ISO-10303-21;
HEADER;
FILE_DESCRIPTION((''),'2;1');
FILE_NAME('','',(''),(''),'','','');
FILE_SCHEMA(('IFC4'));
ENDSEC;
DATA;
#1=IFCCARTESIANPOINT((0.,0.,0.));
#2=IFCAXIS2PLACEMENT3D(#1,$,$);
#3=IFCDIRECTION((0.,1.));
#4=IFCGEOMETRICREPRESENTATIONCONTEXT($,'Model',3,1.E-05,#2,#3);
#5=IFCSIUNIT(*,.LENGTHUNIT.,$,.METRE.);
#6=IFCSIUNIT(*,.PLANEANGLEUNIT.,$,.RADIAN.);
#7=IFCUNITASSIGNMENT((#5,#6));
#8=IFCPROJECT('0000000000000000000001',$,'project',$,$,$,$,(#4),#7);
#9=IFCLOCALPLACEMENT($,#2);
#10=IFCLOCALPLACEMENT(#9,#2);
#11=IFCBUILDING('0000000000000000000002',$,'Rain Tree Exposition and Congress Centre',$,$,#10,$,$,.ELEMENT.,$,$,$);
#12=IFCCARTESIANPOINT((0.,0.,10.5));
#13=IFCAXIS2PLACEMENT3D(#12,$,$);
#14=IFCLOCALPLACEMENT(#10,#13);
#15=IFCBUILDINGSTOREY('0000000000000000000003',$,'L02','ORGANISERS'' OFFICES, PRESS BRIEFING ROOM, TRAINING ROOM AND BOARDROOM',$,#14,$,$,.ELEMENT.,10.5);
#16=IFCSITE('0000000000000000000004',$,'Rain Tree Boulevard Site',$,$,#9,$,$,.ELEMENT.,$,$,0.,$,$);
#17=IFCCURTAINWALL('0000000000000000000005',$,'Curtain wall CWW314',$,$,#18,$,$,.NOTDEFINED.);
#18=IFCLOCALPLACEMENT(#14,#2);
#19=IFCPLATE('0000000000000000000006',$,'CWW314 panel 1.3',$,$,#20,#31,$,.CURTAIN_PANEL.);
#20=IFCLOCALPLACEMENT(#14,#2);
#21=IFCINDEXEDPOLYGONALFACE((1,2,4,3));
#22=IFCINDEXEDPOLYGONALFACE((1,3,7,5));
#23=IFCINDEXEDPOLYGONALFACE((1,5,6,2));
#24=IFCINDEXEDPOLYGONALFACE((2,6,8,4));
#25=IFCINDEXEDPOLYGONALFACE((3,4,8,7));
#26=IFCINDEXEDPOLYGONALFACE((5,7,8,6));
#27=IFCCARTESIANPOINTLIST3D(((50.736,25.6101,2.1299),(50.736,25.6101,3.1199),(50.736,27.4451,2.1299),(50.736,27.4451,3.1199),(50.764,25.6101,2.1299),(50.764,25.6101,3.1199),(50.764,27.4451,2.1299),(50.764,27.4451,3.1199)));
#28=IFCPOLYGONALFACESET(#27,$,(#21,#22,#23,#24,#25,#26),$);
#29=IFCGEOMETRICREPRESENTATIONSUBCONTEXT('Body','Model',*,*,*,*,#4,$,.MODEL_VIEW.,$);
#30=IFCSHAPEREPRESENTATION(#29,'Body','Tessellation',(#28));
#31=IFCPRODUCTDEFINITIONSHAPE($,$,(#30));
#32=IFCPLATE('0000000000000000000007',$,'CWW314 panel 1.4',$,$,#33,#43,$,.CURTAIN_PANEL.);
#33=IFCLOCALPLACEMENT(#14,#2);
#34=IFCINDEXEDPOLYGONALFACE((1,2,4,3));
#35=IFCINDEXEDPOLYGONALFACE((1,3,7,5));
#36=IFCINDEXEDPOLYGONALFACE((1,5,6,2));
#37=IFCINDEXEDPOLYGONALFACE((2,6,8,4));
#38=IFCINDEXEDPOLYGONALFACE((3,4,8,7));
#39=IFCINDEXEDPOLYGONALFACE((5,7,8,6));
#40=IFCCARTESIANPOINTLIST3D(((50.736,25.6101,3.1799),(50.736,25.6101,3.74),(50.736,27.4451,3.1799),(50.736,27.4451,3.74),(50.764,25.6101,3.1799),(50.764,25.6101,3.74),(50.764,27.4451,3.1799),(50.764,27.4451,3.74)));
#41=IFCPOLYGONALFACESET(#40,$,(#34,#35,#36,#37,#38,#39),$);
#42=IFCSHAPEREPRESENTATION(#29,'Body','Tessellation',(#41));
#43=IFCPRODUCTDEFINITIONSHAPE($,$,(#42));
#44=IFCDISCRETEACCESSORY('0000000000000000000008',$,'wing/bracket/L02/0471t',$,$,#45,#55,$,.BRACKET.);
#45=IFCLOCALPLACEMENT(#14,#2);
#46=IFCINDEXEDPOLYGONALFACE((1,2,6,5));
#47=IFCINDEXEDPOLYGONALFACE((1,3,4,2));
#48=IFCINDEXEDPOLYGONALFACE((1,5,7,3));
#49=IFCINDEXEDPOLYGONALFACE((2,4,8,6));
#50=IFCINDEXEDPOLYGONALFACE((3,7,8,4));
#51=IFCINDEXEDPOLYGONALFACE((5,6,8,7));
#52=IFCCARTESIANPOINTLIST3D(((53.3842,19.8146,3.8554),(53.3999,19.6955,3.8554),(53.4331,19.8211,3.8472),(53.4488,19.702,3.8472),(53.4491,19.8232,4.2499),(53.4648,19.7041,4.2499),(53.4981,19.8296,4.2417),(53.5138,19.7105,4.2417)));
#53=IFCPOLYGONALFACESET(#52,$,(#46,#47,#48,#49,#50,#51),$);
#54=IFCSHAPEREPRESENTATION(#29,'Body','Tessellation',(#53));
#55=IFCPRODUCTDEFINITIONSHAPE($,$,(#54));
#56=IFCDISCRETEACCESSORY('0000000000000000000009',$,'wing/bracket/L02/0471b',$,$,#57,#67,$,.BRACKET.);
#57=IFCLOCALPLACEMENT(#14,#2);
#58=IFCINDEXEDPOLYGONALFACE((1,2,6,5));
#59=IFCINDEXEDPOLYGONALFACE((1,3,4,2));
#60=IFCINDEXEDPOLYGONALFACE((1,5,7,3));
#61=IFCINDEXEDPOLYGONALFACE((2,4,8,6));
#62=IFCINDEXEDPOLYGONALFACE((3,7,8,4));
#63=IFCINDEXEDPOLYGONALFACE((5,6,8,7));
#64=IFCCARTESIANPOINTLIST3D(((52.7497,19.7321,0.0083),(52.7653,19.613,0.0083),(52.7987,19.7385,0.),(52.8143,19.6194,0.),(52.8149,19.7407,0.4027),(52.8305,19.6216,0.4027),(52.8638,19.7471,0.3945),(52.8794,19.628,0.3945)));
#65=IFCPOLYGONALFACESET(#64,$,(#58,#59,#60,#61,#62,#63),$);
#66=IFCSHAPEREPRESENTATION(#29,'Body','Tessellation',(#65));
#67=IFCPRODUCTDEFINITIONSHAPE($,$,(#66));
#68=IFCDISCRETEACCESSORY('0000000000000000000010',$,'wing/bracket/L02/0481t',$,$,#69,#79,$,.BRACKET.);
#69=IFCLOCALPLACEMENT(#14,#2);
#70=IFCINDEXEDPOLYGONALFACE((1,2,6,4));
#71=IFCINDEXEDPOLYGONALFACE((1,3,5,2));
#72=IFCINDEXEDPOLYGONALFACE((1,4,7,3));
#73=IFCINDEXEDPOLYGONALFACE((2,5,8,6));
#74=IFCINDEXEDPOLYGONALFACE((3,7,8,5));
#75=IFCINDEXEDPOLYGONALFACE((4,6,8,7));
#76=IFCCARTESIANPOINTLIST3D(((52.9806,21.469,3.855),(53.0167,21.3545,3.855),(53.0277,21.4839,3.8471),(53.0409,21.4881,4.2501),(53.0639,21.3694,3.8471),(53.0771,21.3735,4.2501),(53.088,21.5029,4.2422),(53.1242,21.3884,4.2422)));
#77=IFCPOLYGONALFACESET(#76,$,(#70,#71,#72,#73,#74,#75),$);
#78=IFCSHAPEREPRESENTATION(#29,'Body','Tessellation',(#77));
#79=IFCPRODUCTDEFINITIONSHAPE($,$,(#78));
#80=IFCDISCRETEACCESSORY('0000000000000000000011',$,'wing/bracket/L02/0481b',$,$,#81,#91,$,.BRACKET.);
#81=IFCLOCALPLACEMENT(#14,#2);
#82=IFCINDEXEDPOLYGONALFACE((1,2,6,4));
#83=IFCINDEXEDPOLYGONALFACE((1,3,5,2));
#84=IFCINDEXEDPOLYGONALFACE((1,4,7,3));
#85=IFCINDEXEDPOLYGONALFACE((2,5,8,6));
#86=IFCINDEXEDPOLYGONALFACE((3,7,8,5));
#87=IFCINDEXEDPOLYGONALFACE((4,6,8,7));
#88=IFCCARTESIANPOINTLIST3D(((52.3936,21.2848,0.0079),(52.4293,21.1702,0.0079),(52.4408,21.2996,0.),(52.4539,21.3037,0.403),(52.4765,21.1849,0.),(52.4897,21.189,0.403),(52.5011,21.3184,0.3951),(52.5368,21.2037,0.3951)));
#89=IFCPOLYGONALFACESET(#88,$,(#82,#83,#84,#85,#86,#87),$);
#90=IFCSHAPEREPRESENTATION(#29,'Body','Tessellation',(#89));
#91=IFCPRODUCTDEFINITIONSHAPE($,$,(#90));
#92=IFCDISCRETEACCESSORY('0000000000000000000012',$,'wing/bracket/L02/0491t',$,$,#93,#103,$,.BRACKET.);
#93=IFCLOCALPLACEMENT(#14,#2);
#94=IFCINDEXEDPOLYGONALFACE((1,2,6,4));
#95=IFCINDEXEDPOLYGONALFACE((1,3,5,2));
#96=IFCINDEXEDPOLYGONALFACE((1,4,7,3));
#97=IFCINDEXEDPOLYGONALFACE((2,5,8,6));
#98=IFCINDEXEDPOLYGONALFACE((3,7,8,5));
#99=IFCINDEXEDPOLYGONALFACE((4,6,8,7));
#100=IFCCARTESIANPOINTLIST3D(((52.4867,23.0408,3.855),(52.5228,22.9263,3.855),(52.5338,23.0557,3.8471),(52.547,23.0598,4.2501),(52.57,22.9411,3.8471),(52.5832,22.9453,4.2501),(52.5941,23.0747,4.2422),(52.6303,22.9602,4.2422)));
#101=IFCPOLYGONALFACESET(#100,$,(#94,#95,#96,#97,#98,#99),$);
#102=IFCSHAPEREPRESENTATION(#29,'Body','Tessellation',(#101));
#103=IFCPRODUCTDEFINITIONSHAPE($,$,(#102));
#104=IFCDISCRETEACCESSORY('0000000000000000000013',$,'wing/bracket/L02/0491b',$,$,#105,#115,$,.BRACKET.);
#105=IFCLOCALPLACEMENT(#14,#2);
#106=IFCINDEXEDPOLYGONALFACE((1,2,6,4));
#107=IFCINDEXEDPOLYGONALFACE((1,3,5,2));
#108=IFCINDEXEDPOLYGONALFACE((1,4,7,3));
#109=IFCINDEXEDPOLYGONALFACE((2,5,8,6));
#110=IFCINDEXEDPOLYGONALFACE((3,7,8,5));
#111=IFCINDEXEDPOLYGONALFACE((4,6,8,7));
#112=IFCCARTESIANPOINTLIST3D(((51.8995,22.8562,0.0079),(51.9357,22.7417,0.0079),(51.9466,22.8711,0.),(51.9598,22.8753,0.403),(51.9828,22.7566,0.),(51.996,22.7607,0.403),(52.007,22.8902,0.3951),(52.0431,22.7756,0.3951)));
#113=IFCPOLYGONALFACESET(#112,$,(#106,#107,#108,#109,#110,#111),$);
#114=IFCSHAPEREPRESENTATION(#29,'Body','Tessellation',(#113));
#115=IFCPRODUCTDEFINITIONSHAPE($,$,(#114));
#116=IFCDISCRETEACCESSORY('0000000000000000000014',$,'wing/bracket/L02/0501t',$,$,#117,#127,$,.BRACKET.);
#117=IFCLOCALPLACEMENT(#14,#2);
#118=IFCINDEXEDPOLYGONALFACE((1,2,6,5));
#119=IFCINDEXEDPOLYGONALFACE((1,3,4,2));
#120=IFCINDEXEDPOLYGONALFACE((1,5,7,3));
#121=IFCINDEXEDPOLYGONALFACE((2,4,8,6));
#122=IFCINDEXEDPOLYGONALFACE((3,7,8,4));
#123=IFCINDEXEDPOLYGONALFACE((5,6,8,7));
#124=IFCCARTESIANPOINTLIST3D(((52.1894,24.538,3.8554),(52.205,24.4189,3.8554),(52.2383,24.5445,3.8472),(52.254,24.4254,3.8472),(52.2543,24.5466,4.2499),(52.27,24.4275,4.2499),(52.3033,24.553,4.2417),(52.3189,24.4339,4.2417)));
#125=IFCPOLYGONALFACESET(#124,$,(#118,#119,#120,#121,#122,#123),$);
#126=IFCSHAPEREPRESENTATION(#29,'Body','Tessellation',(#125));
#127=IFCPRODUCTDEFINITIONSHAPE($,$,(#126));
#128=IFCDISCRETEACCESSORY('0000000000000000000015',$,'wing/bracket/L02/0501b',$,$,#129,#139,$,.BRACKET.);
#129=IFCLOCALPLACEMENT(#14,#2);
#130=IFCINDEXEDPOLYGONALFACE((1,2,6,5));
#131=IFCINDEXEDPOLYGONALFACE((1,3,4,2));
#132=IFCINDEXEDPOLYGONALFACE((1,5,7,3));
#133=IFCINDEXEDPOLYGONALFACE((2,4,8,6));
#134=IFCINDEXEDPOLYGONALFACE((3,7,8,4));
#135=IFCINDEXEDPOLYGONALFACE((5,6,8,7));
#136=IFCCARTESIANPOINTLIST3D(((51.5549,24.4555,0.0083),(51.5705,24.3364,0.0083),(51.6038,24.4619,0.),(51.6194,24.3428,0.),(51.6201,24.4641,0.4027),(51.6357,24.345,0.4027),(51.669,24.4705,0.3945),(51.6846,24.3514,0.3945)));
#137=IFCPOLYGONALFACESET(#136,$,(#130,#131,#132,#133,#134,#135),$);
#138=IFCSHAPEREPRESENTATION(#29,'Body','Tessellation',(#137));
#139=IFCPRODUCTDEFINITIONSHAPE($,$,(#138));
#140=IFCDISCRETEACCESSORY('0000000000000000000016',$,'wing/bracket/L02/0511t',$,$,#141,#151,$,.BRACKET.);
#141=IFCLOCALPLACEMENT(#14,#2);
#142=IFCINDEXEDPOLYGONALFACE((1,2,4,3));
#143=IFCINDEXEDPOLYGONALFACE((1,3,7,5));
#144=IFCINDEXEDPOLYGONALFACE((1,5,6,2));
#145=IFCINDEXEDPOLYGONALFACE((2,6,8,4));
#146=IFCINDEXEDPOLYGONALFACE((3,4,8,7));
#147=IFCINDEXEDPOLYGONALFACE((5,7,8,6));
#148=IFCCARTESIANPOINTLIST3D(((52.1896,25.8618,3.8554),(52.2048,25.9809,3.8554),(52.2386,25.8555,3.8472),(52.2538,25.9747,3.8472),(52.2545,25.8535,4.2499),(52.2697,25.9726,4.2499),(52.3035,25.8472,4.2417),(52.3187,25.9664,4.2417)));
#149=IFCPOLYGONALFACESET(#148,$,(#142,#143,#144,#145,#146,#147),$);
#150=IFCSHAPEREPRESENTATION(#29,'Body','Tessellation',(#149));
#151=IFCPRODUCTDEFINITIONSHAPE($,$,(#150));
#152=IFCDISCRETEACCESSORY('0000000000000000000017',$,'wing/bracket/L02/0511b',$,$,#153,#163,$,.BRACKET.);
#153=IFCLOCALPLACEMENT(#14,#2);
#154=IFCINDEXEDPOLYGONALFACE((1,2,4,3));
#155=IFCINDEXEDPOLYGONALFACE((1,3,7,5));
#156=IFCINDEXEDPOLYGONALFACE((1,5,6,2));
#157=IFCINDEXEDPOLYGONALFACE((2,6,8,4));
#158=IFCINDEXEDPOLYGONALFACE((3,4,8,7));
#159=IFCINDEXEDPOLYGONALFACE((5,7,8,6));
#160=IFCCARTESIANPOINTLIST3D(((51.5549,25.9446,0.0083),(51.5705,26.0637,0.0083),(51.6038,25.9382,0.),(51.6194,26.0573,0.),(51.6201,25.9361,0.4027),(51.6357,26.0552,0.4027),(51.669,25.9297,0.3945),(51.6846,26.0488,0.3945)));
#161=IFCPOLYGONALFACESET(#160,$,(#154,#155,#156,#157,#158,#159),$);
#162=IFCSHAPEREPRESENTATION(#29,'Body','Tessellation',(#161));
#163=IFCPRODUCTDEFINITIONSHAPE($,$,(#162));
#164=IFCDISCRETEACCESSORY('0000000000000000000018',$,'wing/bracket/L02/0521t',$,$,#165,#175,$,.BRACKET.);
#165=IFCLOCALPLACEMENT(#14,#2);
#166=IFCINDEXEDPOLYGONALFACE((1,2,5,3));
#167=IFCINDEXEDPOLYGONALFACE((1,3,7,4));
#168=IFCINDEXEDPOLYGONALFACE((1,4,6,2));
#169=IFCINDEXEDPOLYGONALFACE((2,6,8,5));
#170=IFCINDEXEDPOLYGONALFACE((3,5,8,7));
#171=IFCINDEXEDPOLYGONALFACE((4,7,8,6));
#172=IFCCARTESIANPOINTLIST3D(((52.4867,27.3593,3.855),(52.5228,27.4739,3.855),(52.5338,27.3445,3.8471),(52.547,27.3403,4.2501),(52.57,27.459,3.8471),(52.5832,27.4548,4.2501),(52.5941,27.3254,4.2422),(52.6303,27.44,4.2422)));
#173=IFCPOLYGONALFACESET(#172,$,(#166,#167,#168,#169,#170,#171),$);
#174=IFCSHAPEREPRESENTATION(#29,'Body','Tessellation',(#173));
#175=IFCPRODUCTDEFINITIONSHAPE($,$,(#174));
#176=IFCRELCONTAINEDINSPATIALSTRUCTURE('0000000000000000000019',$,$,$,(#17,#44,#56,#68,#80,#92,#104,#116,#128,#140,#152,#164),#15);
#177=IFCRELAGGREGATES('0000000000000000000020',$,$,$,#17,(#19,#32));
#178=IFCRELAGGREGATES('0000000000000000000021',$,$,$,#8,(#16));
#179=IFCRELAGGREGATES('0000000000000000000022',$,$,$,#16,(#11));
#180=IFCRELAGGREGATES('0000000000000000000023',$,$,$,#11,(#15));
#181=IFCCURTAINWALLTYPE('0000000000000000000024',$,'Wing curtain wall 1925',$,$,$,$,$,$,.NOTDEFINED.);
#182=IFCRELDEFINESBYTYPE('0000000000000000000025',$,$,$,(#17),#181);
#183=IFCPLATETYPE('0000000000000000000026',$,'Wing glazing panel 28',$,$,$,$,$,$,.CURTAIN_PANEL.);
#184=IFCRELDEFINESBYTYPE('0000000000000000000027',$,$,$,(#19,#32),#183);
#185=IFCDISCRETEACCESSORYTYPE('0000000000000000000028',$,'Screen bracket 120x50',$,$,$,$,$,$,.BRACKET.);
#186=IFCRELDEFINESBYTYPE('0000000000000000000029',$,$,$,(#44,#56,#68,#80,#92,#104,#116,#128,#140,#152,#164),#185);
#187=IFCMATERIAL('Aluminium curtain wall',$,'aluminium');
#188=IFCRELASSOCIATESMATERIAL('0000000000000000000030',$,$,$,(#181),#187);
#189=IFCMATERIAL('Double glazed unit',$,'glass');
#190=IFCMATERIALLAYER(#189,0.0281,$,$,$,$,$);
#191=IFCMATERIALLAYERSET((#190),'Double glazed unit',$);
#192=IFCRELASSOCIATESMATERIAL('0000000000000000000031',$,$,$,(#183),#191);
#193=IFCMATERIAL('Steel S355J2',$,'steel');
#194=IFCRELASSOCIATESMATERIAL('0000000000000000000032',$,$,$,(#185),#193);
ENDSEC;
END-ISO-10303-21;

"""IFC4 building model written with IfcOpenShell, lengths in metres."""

from ifc_helpers import new_model, si_unit, direction, frame, origin, origin_2d, place, context, subcontext, project, spatial, rectangle, extrude, material, layer, layer_set, material_profile, profile_set, type_object, element, aggregate, save


model = new_model("IFC4")

# Units and contexts
model_context = context("Model", 3, precision=1e-05, world=origin(), true_north=direction((0.0, 1.0)))
body_context = subcontext(model_context, "Body", "Model", "MODEL_VIEW")
ifc_project = project(units=[si_unit("LENGTHUNIT", "METRE"), si_unit("PLANEANGLEUNIT", "RADIAN")], contexts=[model_context])

# Site, building, storey
site_placement = place(None, origin())
site = spatial("IfcSite", under=ifc_project, at=site_placement, Name="Rain Tree Boulevard Site", CompositionType="ELEMENT", RefElevation=0.0)
building_placement = place(site_placement, origin())
building = spatial("IfcBuilding", under=site, at=building_placement, Name="Rain Tree Exposition and Congress Centre", CompositionType="ELEMENT")
storey_placement = place(building_placement, frame((0.0, 0.0, 10.5)))
storey = spatial("IfcBuildingStorey", under=building, at=storey_placement, Name="L02", Description="ORGANISERS' OFFICES, PRESS BRIEFING ROOM, TRAINING ROOM AND BOARDROOM", CompositionType="ELEMENT", Elevation=10.5)

# Shared definitions
ifc_material_1 = material(Name="Aluminium curtain wall", Category="aluminium")
curtain_wall_type = type_object("IfcCurtainWallType", Name="Wing curtain wall 1925", PredefinedType="NOTDEFINED", material=ifc_material_1)

# Curtain wall
curtain_wall_1_placement = place(storey_placement, origin())
curtain_wall_1 = element("IfcCurtainWall", 1, at=curtain_wall_1_placement, inside=storey, type_object=curtain_wall_type, Name="Curtain wall CWW314", PredefinedType="NOTDEFINED")

# Plates
ifc_material_2 = material(Name="Double glazed unit", Category="glass")
ifc_layer_1 = layer(ifc_material_2, 0.0281)
ifc_layer_set_1 = layer_set([ifc_layer_1], Name="Double glazed unit")
plate_type = type_object("IfcPlateType", Name="Wing glazing panel 28", PredefinedType="CURTAIN_PANEL", material=ifc_layer_set_1)
plate_1_placement = place(storey_placement, frame((50.75, 26.5276, 2.1299), z_axis=(0.0, 0.0, 1.0), x_axis=(0.0, 1.0, 0.0)))
plate_1 = element("IfcPlate", 2, at=plate_1_placement, type_object=plate_type, Name="CWW314 panel 1.3", PredefinedType="CURTAIN_PANEL", context=body_context, shape_type="SweptSolid", body=[
    extrude(rectangle(XDim=1.835, YDim=0.0281, at=origin_2d()), origin(), (0.0, 0.0, 1.0), 0.99),
])
plate_2_placement = place(storey_placement, frame((50.75, 26.5276, 3.1799), z_axis=(0.0, 0.0, 1.0), x_axis=(0.0, 1.0, 0.0)))
plate_2 = element("IfcPlate", 3, at=plate_2_placement, type_object=plate_type, Name="CWW314 panel 1.4", PredefinedType="CURTAIN_PANEL", context=body_context, shape_type="SweptSolid", body=[
    extrude(rectangle(XDim=1.835, YDim=0.0281, at=origin_2d()), origin(), (0.0, 0.0, 1.0), 0.5601),
])
aggregate(curtain_wall_1, [plate_1, plate_2])

# Discrete accessories
ifc_material_3 = material(Name="Steel S355J2", Category="steel")
ifc_material_profile_1 = material_profile(ifc_material_3, rectangle(XDim=0.1201, YDim=0.05, at=origin_2d()), Name="Flat bar 120x50")
ifc_profile_set_1 = profile_set([ifc_material_profile_1], Name="Steel S355J2")
discrete_accessory_type = type_object("IfcDiscreteAccessoryType", Name="Screen bracket 120x50", PredefinedType="BRACKET", material=ifc_profile_set_1)
for number, where, z_axis, x_axis, name in (
    (4, (53.4165, 19.7583, 3.8513), (0.162381, 0.021366, 0.986497), (-0.130455, 0.991454, 0.0), "wing/bracket/L02/0471t"),
    (5, (52.782, 19.6758, 0.0042), (0.162976, 0.021364, 0.986399), (-0.129974, 0.991517, 0.0), "wing/bracket/L02/0471b"),
):
    element("IfcDiscreteAccessory", number, at=place(storey_placement, frame(where, z_axis=z_axis, x_axis=x_axis)), inside=storey, type_object=discrete_accessory_type, Name=name, PredefinedType="BRACKET", context=body_context, shape_type="SweptSolid", body=[
        extrude(rectangle(XDim=0.1201, YDim=0.05, at=origin_2d()), origin(), (0.0, 0.0, 1.0), 0.3999),
    ])
for number, where, z_axis, x_axis, name in (
    (6, (53.0222, 21.4192, 3.8511), (0.150738, 0.047602, 0.987427), (-0.301131, 0.953583, 0.0), "wing/bracket/L02/0481t"),
    (7, (52.4351, 21.2349, 0.0039), (0.150743, 0.046993, 0.987456), (-0.297615, 0.954686, 0.0), "wing/bracket/L02/0481b"),
    (8, (52.5283, 22.991, 3.8511), (0.150738, 0.047602, 0.987427), (-0.301131, 0.953583, 0.0), "wing/bracket/L02/0491t"),
    (9, (51.9412, 22.8064, 0.0039), (0.150738, 0.047602, 0.987427), (-0.301131, 0.953583, 0.0), "wing/bracket/L02/0491b"),
):
    element("IfcDiscreteAccessory", number, at=place(storey_placement, frame(where, z_axis=z_axis, x_axis=x_axis)), inside=storey, type_object=discrete_accessory_type, Name=name, PredefinedType="BRACKET", context=body_context, shape_type="SweptSolid", body=[
        extrude(rectangle(XDim=0.1201, YDim=0.05, at=origin_2d()), origin(), (0.0, 0.0, 1.0), 0.4001),
    ])
for number, where, z_axis, x_axis, name in (
    (10, (52.2217, 24.4817, 3.8513), (0.162381, 0.021366, 0.986497), (-0.130455, 0.991454, 0.0), "wing/bracket/L02/0501t"),
    (11, (51.5872, 24.3992, 0.0042), (0.162976, 0.021364, 0.986399), (-0.129974, 0.991517, 0.0), "wing/bracket/L02/0501b"),
    (12, (52.2217, 25.9182, 3.8513), (0.162383, -0.020756, 0.986509), (0.126788, 0.99193, 0.0), "wing/bracket/L02/0511t"),
    (13, (51.5872, 26.001, 0.0042), (0.162976, -0.021364, 0.986399), (0.129974, 0.991517, 0.0), "wing/bracket/L02/0511b"),
):
    element("IfcDiscreteAccessory", number, at=place(storey_placement, frame(where, z_axis=z_axis, x_axis=x_axis)), inside=storey, type_object=discrete_accessory_type, Name=name, PredefinedType="BRACKET", context=body_context, shape_type="SweptSolid", body=[
        extrude(rectangle(XDim=0.1201, YDim=0.05, at=origin_2d()), origin(), (0.0, 0.0, 1.0), 0.3999),
    ])
discrete_accessory_placement = place(storey_placement, frame((52.5283, 27.4092, 3.8511), z_axis=(0.150738, -0.047602, 0.987427), x_axis=(0.301131, 0.953583, 0.0)))
element("IfcDiscreteAccessory", 14, at=discrete_accessory_placement, inside=storey, type_object=discrete_accessory_type, Name="wing/bracket/L02/0521t", PredefinedType="BRACKET", context=body_context, shape_type="SweptSolid", body=[
    extrude(rectangle(XDim=0.1201, YDim=0.05, at=origin_2d()), origin(), (0.0, 0.0, 1.0), 0.4001),
])

save(model, "model.ifc")
